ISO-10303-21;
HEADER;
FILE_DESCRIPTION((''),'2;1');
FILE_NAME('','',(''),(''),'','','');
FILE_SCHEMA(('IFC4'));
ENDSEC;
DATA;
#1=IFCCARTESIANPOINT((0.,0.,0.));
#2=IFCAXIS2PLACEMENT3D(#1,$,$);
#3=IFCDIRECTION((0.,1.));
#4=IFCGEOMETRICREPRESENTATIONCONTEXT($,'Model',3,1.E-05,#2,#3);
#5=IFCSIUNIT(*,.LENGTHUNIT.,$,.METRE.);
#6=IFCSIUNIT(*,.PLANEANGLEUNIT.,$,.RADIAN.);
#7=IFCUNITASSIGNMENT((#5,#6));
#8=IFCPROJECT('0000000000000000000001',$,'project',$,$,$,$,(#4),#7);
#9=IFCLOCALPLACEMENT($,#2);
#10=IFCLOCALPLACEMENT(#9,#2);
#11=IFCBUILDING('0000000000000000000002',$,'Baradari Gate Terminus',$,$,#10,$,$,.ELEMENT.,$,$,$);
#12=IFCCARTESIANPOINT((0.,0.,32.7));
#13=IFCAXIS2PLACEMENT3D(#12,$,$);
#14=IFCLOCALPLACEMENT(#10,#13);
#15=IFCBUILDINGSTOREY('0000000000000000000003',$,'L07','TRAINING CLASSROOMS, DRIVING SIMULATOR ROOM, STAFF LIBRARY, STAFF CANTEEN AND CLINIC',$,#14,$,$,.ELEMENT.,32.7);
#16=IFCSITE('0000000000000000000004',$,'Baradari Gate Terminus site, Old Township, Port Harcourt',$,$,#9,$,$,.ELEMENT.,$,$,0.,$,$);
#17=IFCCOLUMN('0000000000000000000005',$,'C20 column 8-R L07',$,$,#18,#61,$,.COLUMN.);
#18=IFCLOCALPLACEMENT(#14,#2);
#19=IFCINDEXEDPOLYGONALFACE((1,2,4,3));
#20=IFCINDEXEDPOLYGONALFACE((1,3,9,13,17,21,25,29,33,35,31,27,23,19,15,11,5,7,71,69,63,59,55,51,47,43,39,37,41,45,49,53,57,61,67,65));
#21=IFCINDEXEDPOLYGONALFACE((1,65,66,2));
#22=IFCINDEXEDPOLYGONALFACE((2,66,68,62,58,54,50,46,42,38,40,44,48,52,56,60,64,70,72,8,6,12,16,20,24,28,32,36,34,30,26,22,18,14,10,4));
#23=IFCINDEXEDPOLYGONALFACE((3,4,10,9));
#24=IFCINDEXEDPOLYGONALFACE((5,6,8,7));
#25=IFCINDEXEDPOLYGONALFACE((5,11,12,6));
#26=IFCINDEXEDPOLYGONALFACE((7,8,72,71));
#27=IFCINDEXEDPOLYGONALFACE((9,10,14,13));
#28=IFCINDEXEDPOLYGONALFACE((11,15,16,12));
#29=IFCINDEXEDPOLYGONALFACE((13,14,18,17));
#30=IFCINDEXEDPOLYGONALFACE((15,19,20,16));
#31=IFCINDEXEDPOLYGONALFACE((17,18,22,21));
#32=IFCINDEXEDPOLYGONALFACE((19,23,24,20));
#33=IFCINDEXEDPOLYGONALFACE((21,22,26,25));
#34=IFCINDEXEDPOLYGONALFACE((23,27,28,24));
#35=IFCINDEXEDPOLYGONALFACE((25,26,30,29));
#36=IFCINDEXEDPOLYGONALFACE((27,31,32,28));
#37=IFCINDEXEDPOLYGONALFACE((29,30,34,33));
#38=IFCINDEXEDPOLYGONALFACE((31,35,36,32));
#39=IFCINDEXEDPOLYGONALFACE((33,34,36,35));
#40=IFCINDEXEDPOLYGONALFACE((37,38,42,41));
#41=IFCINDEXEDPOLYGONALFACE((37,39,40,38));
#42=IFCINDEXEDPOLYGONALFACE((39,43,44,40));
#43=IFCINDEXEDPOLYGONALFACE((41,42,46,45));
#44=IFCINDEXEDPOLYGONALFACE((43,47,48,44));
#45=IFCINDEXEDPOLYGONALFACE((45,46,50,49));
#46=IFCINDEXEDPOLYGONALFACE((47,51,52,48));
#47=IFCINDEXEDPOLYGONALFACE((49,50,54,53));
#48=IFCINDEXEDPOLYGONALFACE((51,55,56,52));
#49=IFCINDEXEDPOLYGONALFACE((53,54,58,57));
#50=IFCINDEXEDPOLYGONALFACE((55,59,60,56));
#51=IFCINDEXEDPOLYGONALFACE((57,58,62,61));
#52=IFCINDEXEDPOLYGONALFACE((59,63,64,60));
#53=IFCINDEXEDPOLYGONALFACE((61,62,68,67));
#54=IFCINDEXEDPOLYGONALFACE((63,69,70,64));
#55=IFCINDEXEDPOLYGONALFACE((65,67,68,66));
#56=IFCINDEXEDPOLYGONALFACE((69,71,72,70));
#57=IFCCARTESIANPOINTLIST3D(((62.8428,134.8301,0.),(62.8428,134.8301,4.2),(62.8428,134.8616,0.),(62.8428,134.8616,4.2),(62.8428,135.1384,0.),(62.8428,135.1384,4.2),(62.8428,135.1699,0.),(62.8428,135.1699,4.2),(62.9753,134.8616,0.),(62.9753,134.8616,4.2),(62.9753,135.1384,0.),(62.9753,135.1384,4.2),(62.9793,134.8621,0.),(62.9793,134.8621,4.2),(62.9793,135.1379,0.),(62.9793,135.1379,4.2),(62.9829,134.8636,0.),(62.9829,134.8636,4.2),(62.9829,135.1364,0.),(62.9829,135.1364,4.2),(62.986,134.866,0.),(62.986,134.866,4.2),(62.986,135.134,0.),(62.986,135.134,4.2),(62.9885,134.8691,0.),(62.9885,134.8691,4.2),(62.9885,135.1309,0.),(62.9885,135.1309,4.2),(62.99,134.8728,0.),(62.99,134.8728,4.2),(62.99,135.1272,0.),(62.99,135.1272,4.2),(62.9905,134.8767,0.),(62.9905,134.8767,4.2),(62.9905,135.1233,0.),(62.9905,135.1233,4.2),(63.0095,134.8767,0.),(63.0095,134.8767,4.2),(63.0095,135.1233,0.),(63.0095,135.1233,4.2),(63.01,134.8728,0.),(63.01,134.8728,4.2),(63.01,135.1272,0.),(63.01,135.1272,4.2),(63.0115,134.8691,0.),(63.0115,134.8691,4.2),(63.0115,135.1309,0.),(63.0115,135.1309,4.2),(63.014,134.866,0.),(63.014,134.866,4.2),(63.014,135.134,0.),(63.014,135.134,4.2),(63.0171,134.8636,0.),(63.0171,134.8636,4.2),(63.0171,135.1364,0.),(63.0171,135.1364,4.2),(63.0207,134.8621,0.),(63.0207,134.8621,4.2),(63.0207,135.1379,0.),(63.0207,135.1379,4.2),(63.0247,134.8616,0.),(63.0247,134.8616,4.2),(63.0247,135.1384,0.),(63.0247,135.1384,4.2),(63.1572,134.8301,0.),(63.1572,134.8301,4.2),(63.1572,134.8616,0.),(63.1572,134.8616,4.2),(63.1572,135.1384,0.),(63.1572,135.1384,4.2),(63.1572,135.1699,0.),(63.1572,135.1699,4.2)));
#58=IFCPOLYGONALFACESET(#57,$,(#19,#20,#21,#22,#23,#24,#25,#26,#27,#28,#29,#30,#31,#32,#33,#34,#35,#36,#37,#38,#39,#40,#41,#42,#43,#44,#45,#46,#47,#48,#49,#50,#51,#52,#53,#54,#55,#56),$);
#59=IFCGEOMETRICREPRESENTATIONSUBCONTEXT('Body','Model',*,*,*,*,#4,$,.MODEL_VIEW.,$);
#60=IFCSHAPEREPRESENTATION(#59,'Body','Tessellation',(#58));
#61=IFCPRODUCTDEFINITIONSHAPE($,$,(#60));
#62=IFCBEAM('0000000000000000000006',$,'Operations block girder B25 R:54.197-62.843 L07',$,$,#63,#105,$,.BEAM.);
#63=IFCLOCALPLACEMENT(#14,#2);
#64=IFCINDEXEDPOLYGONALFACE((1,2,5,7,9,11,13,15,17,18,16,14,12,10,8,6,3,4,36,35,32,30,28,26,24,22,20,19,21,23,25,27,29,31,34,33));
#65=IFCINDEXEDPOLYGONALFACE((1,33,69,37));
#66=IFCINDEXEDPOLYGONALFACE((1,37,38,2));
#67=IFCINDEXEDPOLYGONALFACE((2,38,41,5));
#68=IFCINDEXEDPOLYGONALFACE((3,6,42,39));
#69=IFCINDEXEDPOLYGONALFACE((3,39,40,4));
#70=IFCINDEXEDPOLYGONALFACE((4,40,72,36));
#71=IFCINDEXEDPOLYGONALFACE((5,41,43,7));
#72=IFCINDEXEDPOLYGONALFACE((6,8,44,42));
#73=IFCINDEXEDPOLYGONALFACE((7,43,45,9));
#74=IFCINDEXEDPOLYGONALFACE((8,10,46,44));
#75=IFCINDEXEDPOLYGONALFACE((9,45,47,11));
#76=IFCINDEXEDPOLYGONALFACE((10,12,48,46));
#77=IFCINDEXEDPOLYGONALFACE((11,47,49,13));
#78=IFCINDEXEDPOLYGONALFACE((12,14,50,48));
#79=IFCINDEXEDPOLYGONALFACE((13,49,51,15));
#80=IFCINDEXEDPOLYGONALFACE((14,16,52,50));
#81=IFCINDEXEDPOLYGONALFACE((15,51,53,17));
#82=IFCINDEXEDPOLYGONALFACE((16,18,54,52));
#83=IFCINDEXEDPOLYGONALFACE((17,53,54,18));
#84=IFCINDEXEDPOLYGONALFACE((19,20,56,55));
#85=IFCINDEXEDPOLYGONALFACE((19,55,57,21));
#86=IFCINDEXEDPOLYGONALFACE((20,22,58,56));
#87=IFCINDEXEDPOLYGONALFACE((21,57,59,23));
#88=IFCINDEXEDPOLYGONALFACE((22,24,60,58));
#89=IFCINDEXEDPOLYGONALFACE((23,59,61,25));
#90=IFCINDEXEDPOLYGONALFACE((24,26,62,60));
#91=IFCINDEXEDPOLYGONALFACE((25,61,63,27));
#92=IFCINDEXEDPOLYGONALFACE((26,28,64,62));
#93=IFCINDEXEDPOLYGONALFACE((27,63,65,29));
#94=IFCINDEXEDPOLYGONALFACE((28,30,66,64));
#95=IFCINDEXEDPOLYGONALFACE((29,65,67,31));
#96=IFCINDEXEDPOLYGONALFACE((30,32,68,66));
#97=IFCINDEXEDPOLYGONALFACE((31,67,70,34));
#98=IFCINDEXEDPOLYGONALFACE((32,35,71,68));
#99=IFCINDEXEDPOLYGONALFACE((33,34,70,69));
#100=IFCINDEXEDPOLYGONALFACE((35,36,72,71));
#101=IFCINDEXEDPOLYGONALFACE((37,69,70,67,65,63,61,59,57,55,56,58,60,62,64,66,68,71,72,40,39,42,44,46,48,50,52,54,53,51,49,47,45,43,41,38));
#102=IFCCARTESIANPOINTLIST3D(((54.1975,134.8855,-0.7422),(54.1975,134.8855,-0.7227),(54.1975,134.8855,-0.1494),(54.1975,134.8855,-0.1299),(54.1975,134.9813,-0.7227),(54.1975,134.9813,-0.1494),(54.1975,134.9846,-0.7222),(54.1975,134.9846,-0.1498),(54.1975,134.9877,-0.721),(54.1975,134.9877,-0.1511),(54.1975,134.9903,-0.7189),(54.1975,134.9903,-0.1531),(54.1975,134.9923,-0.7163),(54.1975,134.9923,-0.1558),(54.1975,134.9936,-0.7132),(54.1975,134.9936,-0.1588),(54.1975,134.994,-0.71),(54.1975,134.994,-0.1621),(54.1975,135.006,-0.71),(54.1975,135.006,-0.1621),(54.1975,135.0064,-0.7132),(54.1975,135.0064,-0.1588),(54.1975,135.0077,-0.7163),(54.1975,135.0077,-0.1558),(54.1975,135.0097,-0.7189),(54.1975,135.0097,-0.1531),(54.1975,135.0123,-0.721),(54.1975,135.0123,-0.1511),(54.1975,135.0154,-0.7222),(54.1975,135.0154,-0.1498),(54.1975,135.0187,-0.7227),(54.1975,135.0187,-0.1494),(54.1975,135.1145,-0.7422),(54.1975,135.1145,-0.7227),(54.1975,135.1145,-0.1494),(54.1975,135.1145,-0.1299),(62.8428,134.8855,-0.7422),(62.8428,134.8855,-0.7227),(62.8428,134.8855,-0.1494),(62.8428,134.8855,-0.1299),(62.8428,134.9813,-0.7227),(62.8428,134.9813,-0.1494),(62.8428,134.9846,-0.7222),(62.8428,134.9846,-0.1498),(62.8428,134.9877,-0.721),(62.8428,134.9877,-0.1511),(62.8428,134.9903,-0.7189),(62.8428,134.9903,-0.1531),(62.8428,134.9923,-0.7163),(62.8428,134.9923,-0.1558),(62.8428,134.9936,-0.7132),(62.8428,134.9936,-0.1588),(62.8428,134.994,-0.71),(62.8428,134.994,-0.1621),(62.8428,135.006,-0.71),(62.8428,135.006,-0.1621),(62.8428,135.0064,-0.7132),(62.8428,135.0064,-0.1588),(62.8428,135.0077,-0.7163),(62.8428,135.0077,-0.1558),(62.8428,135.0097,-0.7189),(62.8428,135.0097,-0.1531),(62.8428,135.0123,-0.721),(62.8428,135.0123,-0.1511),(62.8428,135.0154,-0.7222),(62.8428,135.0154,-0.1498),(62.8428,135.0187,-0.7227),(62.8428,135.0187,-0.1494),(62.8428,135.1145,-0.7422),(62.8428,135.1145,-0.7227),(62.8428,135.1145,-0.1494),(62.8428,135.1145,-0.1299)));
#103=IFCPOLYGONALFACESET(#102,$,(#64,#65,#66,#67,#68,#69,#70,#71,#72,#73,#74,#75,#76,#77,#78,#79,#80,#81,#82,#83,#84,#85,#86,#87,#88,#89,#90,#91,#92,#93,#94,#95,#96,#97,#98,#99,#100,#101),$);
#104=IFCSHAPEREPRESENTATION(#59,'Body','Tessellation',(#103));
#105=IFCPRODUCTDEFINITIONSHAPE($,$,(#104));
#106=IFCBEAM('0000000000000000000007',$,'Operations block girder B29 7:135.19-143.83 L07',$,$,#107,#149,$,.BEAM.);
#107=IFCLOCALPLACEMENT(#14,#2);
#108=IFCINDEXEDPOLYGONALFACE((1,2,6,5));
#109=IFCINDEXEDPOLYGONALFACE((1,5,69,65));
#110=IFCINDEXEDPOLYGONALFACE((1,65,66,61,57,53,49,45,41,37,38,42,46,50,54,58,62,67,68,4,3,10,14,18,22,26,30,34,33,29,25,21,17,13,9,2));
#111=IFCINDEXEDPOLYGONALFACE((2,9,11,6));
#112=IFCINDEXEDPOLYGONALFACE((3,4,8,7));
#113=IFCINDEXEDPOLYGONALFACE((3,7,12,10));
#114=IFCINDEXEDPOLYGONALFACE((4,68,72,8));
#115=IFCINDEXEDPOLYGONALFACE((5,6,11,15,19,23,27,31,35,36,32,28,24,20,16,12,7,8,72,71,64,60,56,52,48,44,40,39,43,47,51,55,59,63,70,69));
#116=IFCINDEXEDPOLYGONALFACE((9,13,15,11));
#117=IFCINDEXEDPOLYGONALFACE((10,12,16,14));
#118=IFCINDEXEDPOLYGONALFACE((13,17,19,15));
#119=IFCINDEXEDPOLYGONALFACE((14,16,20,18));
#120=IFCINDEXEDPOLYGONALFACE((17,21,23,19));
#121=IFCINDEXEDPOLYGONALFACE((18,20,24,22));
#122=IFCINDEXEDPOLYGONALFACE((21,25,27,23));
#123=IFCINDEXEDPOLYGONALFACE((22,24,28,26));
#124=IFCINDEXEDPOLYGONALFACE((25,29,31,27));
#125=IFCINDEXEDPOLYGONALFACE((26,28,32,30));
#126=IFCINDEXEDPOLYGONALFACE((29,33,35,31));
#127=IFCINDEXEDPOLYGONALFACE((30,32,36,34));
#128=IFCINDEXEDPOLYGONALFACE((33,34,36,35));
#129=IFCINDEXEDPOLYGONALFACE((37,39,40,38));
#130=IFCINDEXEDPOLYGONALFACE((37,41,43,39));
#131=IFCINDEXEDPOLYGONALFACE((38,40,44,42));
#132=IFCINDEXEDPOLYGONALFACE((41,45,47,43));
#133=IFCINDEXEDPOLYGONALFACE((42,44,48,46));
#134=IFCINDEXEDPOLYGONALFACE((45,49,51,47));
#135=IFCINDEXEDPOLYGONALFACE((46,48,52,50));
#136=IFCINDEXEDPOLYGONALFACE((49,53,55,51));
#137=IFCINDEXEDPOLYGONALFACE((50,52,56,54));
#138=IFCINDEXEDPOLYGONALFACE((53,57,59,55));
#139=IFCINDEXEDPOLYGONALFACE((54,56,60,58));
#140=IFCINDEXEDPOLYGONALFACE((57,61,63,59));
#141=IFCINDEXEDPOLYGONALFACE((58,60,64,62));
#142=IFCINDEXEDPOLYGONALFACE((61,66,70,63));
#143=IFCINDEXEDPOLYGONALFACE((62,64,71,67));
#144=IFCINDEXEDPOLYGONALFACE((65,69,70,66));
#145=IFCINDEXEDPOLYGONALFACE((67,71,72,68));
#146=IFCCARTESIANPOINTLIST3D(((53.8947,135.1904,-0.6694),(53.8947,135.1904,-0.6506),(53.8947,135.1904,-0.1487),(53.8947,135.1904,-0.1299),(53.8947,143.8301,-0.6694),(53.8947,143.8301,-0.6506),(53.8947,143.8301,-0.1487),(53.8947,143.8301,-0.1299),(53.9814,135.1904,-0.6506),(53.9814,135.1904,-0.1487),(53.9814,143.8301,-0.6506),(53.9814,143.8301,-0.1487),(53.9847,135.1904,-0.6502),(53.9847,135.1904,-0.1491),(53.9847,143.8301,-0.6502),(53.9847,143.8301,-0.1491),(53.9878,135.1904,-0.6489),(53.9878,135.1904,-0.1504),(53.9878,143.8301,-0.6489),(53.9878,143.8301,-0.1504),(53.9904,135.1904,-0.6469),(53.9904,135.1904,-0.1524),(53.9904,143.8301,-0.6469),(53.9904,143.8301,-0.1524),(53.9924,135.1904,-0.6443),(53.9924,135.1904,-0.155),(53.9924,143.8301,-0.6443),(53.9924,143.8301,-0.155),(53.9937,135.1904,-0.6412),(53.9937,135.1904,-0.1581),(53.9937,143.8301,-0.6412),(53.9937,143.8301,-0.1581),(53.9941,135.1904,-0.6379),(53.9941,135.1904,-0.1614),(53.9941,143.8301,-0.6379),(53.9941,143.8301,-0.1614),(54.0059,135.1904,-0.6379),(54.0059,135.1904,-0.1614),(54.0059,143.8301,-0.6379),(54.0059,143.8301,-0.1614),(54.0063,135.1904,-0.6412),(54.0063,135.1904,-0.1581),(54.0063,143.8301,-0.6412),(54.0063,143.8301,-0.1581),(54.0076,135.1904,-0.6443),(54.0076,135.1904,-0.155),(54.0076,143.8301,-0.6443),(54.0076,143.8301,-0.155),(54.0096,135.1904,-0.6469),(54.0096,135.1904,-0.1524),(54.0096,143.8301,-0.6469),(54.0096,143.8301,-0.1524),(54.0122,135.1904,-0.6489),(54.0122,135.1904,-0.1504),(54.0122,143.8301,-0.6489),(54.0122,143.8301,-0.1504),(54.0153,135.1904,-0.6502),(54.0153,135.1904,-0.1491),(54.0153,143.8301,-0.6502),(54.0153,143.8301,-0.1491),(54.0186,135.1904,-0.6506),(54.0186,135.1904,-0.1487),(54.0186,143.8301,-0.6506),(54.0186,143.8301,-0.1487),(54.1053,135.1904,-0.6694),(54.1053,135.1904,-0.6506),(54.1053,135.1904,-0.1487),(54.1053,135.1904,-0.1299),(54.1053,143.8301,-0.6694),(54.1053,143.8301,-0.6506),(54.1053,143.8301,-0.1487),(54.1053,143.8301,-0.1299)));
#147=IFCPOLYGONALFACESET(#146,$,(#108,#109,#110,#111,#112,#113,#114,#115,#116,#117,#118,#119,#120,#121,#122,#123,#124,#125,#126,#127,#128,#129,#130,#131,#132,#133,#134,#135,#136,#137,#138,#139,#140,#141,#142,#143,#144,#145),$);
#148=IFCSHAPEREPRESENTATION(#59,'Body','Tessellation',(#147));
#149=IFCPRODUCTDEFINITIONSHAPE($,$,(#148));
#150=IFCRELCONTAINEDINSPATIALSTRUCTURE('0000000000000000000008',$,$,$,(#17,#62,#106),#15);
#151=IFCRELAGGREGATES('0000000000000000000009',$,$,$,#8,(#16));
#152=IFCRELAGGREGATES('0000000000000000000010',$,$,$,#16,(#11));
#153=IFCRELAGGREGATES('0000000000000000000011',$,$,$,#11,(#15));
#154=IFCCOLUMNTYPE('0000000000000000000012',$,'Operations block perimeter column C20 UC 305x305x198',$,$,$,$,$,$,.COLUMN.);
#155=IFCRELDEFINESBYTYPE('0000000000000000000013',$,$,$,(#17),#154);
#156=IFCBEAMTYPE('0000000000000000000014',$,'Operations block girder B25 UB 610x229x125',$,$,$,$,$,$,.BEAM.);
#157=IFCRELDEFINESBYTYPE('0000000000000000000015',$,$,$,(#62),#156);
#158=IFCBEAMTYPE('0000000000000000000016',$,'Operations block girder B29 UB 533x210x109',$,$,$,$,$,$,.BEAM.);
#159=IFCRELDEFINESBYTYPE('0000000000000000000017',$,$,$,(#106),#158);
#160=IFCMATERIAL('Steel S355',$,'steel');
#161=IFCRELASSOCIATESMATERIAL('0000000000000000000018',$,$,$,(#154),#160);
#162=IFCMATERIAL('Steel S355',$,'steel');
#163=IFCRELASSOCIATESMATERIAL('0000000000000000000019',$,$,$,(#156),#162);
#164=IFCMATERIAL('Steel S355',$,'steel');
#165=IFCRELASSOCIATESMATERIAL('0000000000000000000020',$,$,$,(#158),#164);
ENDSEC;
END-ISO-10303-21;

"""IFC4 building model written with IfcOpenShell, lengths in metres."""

from ifc_helpers import new_model, si_unit, direction, frame, origin, origin_2d, place, context, subcontext, project, spatial, i_section, extrude, material, material_profile, profile_set, type_object, element, save


model = new_model("IFC4")

# Units and contexts
model_context = context("Model", 3, precision=1e-05, world=origin(), true_north=direction((0.0, 1.0)))
body_context = subcontext(model_context, "Body", "Model", "MODEL_VIEW")
ifc_project = project(units=[si_unit("LENGTHUNIT", "METRE"), si_unit("PLANEANGLEUNIT", "RADIAN")], contexts=[model_context])

# Site, building, storey
site_placement = place(None, origin())
site = spatial("IfcSite", under=ifc_project, at=site_placement, Name="Baradari Gate Terminus site, Old Township, Port Harcourt", CompositionType="ELEMENT", RefElevation=0.0)
building_placement = place(site_placement, origin())
building = spatial("IfcBuilding", under=site, at=building_placement, Name="Baradari Gate Terminus", CompositionType="ELEMENT")
storey_placement = place(building_placement, frame((0.0, 0.0, 32.7)))
storey = spatial("IfcBuildingStorey", under=building, at=storey_placement, Name="L07", Description="TRAINING CLASSROOMS, DRIVING SIMULATOR ROOM, STAFF LIBRARY, STAFF CANTEEN AND CLINIC", CompositionType="ELEMENT", Elevation=32.7)

# Column
ifc_material_1 = material(Name="Steel S355", Category="steel")
ifc_material_profile_1 = material_profile(ifc_material_1, i_section(OverallWidth=0.3145, OverallDepth=0.3398, WebThickness=0.019, FlangeThickness=0.0315, FilletRadius=0.0151, at=origin_2d()), Name="UC 305x305x198")
ifc_profile_set_1 = profile_set([ifc_material_profile_1], Name="Steel S355")
column_type = type_object("IfcColumnType", Name="Operations block perimeter column C20 UC 305x305x198", PredefinedType="COLUMN", material=ifc_profile_set_1)
column_placement = place(storey_placement, frame((63.0, 135.0, 0.0), z_axis=(0.0, 0.0, 1.0), x_axis=(1.0, 0.0, 0.0)))
element("IfcColumn", 1, at=column_placement, inside=storey, type_object=column_type, Name="C20 column 8-R L07", PredefinedType="COLUMN", context=body_context, shape_type="SweptSolid", body=[
    extrude(i_section(OverallWidth=0.3145, OverallDepth=0.3398, WebThickness=0.019, FlangeThickness=0.0315, FilletRadius=0.0151, at=origin_2d()), origin(), (0.0, 0.0, 1.0), 4.2),
])

# Beams
ifc_material_2 = material(Name="Steel S355", Category="steel")
ifc_material_profile_2 = material_profile(ifc_material_2, i_section(OverallWidth=0.229, OverallDepth=0.6123, WebThickness=0.012, FlangeThickness=0.0195, FilletRadius=0.0127, at=origin_2d()), Name="UB 610x229x125")
ifc_profile_set_2 = profile_set([ifc_material_profile_2], Name="Steel S355")
beam_type_1 = type_object("IfcBeamType", Name="Operations block girder B25 UB 610x229x125", PredefinedType="BEAM", material=ifc_profile_set_2)
beam_1_placement = place(storey_placement, frame((54.1975, 135.0, -0.436), z_axis=(1.0, 0.0, 0.0), x_axis=(0.0, 1.0, 0.0)))
element("IfcBeam", 2, at=beam_1_placement, inside=storey, type_object=beam_type_1, Name="Operations block girder B25 R:54.197-62.843 L07", PredefinedType="BEAM", context=body_context, shape_type="SweptSolid", body=[
    extrude(i_section(OverallWidth=0.229, OverallDepth=0.6123, WebThickness=0.012, FlangeThickness=0.0195, FilletRadius=0.0127, at=origin_2d()), origin(), (0.0, 0.0, 1.0), 8.6453),
])
ifc_material_3 = material(Name="Steel S355", Category="steel")
ifc_material_profile_3 = material_profile(ifc_material_3, i_section(OverallWidth=0.2107, OverallDepth=0.5396, WebThickness=0.0117, FlangeThickness=0.0188, FilletRadius=0.0127, at=origin_2d()), Name="UB 533x210x109")
ifc_profile_set_3 = profile_set([ifc_material_profile_3], Name="Steel S355")
beam_type_2 = type_object("IfcBeamType", Name="Operations block girder B29 UB 533x210x109", PredefinedType="BEAM", material=ifc_profile_set_3)
beam_2_placement = place(storey_placement, frame((54.0, 135.1904, -0.3997), z_axis=(0.0, 1.0, 0.0), x_axis=(-1.0, 0.0, 0.0)))
element("IfcBeam", 3, at=beam_2_placement, inside=storey, type_object=beam_type_2, Name="Operations block girder B29 7:135.19-143.83 L07", PredefinedType="BEAM", context=body_context, shape_type="SweptSolid", body=[
    extrude(i_section(OverallWidth=0.2107, OverallDepth=0.5396, WebThickness=0.0117, FlangeThickness=0.0188, FilletRadius=0.0127, at=origin_2d()), origin(), (0.0, 0.0, 1.0), 8.6396),
])

save(model, "model.ifc")
